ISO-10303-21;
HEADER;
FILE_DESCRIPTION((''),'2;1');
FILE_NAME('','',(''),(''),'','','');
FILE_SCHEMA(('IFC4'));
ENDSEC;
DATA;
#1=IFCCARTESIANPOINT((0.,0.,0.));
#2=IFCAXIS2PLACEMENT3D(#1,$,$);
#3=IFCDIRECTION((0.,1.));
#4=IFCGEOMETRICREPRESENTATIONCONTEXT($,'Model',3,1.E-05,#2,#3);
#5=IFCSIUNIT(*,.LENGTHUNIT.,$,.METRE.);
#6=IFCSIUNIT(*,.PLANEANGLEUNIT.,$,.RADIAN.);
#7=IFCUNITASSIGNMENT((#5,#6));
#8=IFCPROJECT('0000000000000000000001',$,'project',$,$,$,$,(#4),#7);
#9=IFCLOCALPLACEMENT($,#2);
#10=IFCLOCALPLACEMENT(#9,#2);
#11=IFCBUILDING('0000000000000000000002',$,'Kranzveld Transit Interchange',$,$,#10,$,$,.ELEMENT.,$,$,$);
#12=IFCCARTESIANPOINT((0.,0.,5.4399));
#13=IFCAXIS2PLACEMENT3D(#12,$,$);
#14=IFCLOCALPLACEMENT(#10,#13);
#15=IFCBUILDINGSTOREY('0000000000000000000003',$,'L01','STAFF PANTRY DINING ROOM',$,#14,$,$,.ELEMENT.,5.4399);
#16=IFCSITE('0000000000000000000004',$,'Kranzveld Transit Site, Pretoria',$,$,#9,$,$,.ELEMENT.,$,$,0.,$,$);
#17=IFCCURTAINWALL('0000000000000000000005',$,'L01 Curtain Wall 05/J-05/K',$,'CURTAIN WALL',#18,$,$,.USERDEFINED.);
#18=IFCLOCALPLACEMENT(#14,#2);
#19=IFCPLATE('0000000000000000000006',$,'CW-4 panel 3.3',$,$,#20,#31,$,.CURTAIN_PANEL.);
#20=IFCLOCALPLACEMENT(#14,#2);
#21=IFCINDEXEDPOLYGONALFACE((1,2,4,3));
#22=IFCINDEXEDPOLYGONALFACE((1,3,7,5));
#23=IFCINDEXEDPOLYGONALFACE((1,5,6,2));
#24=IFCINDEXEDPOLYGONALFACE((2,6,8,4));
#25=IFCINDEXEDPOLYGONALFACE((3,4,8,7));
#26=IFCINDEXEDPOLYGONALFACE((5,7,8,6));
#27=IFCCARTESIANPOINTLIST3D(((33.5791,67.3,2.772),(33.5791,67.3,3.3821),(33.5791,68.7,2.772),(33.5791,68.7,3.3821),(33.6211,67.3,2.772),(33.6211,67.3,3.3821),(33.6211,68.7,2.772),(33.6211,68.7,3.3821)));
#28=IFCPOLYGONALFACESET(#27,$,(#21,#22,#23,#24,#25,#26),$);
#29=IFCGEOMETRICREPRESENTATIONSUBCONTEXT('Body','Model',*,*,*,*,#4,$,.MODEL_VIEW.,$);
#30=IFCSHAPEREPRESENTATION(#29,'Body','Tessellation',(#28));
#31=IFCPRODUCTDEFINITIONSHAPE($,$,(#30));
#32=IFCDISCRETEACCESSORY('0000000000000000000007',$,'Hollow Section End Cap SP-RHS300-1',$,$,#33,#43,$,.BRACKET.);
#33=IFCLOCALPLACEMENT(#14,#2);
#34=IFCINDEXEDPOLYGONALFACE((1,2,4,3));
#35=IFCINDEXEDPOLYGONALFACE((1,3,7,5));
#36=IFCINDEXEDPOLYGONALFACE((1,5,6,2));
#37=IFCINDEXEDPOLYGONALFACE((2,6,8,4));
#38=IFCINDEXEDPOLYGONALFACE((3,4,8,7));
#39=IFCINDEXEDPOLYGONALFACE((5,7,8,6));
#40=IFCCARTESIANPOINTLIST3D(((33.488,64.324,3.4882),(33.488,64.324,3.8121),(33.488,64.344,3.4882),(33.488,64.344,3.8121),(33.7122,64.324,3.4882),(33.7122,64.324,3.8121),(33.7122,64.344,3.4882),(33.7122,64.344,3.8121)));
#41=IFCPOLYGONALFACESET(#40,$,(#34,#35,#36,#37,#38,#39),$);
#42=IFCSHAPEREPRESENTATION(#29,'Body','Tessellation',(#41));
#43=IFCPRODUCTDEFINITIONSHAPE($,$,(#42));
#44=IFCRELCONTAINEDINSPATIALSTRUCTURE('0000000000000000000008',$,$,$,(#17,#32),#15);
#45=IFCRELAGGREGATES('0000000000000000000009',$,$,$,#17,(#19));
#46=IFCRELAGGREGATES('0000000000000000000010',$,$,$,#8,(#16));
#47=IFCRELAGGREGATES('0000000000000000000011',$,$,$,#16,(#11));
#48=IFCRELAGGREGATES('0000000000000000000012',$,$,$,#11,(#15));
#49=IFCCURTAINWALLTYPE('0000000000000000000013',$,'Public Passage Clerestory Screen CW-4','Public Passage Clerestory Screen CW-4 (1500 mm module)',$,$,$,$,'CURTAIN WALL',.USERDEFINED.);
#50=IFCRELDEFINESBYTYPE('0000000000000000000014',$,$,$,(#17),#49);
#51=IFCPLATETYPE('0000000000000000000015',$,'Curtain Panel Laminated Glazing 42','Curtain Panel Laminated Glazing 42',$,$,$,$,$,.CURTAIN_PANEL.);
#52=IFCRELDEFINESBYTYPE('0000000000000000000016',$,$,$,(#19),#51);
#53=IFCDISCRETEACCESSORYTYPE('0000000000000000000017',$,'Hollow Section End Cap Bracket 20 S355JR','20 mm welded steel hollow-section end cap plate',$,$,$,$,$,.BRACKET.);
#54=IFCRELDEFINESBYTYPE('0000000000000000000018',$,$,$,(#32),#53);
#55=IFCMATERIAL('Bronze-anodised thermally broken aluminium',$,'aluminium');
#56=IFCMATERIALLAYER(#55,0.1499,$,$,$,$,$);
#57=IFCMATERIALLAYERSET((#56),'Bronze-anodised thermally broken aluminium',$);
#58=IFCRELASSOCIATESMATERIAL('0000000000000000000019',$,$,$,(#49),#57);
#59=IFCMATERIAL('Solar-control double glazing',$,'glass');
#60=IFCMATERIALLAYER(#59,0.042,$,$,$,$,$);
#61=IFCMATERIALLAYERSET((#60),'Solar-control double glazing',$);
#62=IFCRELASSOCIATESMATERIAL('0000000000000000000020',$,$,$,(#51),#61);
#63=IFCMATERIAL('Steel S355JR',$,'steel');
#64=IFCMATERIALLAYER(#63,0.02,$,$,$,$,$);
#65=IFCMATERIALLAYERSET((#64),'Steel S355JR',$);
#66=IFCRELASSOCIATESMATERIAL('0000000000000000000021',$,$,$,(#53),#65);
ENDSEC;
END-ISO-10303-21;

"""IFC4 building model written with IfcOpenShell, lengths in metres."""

from ifc_helpers import new_model, si_unit, direction, frame, origin, origin_2d, place, context, subcontext, project, spatial, rectangle, extrude, material, layer, layer_set, type_object, element, aggregate, save


model = new_model("IFC4")

# Units and contexts
model_context = context("Model", 3, precision=1e-05, world=origin(), true_north=direction((0.0, 1.0)))
body_context = subcontext(model_context, "Body", "Model", "MODEL_VIEW")
ifc_project = project(units=[si_unit("LENGTHUNIT", "METRE"), si_unit("PLANEANGLEUNIT", "RADIAN")], contexts=[model_context])

# Site, building, storey
site_placement = place(None, origin())
site = spatial("IfcSite", under=ifc_project, at=site_placement, Name="Kranzveld Transit Site, Pretoria", CompositionType="ELEMENT", RefElevation=0.0)
building_placement = place(site_placement, origin())
building = spatial("IfcBuilding", under=site, at=building_placement, Name="Kranzveld Transit Interchange", CompositionType="ELEMENT")
storey_placement = place(building_placement, frame((0.0, 0.0, 5.4399)))
storey = spatial("IfcBuildingStorey", under=building, at=storey_placement, Name="L01", Description="STAFF PANTRY DINING ROOM", CompositionType="ELEMENT", Elevation=5.4399)

# Curtain wall
ifc_material_1 = material(Name="Bronze-anodised thermally broken aluminium", Category="aluminium")
ifc_layer_1 = layer(ifc_material_1, 0.1499)
ifc_layer_set_1 = layer_set([ifc_layer_1], Name="Bronze-anodised thermally broken aluminium")
curtain_wall_type = type_object("IfcCurtainWallType", Name="Public Passage Clerestory Screen CW-4", Description="Public Passage Clerestory Screen CW-4 (1500 mm module)", ElementType="CURTAIN WALL", PredefinedType="USERDEFINED", material=ifc_layer_set_1)
curtain_wall_placement = place(storey_placement, origin())
curtain_wall = element("IfcCurtainWall", 1, at=curtain_wall_placement, inside=storey, type_object=curtain_wall_type, Name="L01 Curtain Wall 05/J-05/K", ObjectType="CURTAIN WALL", PredefinedType="USERDEFINED")

# Plate
ifc_material_2 = material(Name="Solar-control double glazing", Category="glass")
ifc_layer_2 = layer(ifc_material_2, 0.042)
ifc_layer_set_2 = layer_set([ifc_layer_2], Name="Solar-control double glazing")
plate_type = type_object("IfcPlateType", Name="Curtain Panel Laminated Glazing 42", Description="Curtain Panel Laminated Glazing 42", PredefinedType="CURTAIN_PANEL", material=ifc_layer_set_2)
plate_1_placement = place(storey_placement, frame((33.6001, 68.0, 2.772), z_axis=(0.0, 0.0, 1.0), x_axis=(0.0, 1.0, 0.0)))
plate_1 = element("IfcPlate", 2, at=plate_1_placement, type_object=plate_type, Name="CW-4 panel 3.3", PredefinedType="CURTAIN_PANEL", context=body_context, shape_type="SweptSolid", body=[
    extrude(rectangle(XDim=1.3999, YDim=0.042, at=origin_2d()), origin(), (0.0, 0.0, 1.0), 0.6101),
])
aggregate(curtain_wall, [plate_1])

# Discrete accessory
ifc_material_3 = material(Name="Steel S355JR", Category="steel")
ifc_layer_3 = layer(ifc_material_3, 0.02)
ifc_layer_set_3 = layer_set([ifc_layer_3], Name="Steel S355JR")
discrete_accessory_type = type_object("IfcDiscreteAccessoryType", Name="Hollow Section End Cap Bracket 20 S355JR", Description="20 mm welded steel hollow-section end cap plate", PredefinedType="BRACKET", material=ifc_layer_set_3)
discrete_accessory_placement = place(storey_placement, frame((33.6001, 64.344, 3.6501), z_axis=(0.0, -1.0, 0.0), x_axis=(1.0, 0.0, 0.0)))
element("IfcDiscreteAccessory", 3, at=discrete_accessory_placement, inside=storey, type_object=discrete_accessory_type, Name="Hollow Section End Cap SP-RHS300-1", PredefinedType="BRACKET", context=body_context, shape_type="SweptSolid", body=[
    extrude(rectangle(XDim=0.2241, YDim=0.324, at=origin_2d()), origin(), (0.0, 0.0, 1.0), 0.02),
])

save(model, "model.ifc")
